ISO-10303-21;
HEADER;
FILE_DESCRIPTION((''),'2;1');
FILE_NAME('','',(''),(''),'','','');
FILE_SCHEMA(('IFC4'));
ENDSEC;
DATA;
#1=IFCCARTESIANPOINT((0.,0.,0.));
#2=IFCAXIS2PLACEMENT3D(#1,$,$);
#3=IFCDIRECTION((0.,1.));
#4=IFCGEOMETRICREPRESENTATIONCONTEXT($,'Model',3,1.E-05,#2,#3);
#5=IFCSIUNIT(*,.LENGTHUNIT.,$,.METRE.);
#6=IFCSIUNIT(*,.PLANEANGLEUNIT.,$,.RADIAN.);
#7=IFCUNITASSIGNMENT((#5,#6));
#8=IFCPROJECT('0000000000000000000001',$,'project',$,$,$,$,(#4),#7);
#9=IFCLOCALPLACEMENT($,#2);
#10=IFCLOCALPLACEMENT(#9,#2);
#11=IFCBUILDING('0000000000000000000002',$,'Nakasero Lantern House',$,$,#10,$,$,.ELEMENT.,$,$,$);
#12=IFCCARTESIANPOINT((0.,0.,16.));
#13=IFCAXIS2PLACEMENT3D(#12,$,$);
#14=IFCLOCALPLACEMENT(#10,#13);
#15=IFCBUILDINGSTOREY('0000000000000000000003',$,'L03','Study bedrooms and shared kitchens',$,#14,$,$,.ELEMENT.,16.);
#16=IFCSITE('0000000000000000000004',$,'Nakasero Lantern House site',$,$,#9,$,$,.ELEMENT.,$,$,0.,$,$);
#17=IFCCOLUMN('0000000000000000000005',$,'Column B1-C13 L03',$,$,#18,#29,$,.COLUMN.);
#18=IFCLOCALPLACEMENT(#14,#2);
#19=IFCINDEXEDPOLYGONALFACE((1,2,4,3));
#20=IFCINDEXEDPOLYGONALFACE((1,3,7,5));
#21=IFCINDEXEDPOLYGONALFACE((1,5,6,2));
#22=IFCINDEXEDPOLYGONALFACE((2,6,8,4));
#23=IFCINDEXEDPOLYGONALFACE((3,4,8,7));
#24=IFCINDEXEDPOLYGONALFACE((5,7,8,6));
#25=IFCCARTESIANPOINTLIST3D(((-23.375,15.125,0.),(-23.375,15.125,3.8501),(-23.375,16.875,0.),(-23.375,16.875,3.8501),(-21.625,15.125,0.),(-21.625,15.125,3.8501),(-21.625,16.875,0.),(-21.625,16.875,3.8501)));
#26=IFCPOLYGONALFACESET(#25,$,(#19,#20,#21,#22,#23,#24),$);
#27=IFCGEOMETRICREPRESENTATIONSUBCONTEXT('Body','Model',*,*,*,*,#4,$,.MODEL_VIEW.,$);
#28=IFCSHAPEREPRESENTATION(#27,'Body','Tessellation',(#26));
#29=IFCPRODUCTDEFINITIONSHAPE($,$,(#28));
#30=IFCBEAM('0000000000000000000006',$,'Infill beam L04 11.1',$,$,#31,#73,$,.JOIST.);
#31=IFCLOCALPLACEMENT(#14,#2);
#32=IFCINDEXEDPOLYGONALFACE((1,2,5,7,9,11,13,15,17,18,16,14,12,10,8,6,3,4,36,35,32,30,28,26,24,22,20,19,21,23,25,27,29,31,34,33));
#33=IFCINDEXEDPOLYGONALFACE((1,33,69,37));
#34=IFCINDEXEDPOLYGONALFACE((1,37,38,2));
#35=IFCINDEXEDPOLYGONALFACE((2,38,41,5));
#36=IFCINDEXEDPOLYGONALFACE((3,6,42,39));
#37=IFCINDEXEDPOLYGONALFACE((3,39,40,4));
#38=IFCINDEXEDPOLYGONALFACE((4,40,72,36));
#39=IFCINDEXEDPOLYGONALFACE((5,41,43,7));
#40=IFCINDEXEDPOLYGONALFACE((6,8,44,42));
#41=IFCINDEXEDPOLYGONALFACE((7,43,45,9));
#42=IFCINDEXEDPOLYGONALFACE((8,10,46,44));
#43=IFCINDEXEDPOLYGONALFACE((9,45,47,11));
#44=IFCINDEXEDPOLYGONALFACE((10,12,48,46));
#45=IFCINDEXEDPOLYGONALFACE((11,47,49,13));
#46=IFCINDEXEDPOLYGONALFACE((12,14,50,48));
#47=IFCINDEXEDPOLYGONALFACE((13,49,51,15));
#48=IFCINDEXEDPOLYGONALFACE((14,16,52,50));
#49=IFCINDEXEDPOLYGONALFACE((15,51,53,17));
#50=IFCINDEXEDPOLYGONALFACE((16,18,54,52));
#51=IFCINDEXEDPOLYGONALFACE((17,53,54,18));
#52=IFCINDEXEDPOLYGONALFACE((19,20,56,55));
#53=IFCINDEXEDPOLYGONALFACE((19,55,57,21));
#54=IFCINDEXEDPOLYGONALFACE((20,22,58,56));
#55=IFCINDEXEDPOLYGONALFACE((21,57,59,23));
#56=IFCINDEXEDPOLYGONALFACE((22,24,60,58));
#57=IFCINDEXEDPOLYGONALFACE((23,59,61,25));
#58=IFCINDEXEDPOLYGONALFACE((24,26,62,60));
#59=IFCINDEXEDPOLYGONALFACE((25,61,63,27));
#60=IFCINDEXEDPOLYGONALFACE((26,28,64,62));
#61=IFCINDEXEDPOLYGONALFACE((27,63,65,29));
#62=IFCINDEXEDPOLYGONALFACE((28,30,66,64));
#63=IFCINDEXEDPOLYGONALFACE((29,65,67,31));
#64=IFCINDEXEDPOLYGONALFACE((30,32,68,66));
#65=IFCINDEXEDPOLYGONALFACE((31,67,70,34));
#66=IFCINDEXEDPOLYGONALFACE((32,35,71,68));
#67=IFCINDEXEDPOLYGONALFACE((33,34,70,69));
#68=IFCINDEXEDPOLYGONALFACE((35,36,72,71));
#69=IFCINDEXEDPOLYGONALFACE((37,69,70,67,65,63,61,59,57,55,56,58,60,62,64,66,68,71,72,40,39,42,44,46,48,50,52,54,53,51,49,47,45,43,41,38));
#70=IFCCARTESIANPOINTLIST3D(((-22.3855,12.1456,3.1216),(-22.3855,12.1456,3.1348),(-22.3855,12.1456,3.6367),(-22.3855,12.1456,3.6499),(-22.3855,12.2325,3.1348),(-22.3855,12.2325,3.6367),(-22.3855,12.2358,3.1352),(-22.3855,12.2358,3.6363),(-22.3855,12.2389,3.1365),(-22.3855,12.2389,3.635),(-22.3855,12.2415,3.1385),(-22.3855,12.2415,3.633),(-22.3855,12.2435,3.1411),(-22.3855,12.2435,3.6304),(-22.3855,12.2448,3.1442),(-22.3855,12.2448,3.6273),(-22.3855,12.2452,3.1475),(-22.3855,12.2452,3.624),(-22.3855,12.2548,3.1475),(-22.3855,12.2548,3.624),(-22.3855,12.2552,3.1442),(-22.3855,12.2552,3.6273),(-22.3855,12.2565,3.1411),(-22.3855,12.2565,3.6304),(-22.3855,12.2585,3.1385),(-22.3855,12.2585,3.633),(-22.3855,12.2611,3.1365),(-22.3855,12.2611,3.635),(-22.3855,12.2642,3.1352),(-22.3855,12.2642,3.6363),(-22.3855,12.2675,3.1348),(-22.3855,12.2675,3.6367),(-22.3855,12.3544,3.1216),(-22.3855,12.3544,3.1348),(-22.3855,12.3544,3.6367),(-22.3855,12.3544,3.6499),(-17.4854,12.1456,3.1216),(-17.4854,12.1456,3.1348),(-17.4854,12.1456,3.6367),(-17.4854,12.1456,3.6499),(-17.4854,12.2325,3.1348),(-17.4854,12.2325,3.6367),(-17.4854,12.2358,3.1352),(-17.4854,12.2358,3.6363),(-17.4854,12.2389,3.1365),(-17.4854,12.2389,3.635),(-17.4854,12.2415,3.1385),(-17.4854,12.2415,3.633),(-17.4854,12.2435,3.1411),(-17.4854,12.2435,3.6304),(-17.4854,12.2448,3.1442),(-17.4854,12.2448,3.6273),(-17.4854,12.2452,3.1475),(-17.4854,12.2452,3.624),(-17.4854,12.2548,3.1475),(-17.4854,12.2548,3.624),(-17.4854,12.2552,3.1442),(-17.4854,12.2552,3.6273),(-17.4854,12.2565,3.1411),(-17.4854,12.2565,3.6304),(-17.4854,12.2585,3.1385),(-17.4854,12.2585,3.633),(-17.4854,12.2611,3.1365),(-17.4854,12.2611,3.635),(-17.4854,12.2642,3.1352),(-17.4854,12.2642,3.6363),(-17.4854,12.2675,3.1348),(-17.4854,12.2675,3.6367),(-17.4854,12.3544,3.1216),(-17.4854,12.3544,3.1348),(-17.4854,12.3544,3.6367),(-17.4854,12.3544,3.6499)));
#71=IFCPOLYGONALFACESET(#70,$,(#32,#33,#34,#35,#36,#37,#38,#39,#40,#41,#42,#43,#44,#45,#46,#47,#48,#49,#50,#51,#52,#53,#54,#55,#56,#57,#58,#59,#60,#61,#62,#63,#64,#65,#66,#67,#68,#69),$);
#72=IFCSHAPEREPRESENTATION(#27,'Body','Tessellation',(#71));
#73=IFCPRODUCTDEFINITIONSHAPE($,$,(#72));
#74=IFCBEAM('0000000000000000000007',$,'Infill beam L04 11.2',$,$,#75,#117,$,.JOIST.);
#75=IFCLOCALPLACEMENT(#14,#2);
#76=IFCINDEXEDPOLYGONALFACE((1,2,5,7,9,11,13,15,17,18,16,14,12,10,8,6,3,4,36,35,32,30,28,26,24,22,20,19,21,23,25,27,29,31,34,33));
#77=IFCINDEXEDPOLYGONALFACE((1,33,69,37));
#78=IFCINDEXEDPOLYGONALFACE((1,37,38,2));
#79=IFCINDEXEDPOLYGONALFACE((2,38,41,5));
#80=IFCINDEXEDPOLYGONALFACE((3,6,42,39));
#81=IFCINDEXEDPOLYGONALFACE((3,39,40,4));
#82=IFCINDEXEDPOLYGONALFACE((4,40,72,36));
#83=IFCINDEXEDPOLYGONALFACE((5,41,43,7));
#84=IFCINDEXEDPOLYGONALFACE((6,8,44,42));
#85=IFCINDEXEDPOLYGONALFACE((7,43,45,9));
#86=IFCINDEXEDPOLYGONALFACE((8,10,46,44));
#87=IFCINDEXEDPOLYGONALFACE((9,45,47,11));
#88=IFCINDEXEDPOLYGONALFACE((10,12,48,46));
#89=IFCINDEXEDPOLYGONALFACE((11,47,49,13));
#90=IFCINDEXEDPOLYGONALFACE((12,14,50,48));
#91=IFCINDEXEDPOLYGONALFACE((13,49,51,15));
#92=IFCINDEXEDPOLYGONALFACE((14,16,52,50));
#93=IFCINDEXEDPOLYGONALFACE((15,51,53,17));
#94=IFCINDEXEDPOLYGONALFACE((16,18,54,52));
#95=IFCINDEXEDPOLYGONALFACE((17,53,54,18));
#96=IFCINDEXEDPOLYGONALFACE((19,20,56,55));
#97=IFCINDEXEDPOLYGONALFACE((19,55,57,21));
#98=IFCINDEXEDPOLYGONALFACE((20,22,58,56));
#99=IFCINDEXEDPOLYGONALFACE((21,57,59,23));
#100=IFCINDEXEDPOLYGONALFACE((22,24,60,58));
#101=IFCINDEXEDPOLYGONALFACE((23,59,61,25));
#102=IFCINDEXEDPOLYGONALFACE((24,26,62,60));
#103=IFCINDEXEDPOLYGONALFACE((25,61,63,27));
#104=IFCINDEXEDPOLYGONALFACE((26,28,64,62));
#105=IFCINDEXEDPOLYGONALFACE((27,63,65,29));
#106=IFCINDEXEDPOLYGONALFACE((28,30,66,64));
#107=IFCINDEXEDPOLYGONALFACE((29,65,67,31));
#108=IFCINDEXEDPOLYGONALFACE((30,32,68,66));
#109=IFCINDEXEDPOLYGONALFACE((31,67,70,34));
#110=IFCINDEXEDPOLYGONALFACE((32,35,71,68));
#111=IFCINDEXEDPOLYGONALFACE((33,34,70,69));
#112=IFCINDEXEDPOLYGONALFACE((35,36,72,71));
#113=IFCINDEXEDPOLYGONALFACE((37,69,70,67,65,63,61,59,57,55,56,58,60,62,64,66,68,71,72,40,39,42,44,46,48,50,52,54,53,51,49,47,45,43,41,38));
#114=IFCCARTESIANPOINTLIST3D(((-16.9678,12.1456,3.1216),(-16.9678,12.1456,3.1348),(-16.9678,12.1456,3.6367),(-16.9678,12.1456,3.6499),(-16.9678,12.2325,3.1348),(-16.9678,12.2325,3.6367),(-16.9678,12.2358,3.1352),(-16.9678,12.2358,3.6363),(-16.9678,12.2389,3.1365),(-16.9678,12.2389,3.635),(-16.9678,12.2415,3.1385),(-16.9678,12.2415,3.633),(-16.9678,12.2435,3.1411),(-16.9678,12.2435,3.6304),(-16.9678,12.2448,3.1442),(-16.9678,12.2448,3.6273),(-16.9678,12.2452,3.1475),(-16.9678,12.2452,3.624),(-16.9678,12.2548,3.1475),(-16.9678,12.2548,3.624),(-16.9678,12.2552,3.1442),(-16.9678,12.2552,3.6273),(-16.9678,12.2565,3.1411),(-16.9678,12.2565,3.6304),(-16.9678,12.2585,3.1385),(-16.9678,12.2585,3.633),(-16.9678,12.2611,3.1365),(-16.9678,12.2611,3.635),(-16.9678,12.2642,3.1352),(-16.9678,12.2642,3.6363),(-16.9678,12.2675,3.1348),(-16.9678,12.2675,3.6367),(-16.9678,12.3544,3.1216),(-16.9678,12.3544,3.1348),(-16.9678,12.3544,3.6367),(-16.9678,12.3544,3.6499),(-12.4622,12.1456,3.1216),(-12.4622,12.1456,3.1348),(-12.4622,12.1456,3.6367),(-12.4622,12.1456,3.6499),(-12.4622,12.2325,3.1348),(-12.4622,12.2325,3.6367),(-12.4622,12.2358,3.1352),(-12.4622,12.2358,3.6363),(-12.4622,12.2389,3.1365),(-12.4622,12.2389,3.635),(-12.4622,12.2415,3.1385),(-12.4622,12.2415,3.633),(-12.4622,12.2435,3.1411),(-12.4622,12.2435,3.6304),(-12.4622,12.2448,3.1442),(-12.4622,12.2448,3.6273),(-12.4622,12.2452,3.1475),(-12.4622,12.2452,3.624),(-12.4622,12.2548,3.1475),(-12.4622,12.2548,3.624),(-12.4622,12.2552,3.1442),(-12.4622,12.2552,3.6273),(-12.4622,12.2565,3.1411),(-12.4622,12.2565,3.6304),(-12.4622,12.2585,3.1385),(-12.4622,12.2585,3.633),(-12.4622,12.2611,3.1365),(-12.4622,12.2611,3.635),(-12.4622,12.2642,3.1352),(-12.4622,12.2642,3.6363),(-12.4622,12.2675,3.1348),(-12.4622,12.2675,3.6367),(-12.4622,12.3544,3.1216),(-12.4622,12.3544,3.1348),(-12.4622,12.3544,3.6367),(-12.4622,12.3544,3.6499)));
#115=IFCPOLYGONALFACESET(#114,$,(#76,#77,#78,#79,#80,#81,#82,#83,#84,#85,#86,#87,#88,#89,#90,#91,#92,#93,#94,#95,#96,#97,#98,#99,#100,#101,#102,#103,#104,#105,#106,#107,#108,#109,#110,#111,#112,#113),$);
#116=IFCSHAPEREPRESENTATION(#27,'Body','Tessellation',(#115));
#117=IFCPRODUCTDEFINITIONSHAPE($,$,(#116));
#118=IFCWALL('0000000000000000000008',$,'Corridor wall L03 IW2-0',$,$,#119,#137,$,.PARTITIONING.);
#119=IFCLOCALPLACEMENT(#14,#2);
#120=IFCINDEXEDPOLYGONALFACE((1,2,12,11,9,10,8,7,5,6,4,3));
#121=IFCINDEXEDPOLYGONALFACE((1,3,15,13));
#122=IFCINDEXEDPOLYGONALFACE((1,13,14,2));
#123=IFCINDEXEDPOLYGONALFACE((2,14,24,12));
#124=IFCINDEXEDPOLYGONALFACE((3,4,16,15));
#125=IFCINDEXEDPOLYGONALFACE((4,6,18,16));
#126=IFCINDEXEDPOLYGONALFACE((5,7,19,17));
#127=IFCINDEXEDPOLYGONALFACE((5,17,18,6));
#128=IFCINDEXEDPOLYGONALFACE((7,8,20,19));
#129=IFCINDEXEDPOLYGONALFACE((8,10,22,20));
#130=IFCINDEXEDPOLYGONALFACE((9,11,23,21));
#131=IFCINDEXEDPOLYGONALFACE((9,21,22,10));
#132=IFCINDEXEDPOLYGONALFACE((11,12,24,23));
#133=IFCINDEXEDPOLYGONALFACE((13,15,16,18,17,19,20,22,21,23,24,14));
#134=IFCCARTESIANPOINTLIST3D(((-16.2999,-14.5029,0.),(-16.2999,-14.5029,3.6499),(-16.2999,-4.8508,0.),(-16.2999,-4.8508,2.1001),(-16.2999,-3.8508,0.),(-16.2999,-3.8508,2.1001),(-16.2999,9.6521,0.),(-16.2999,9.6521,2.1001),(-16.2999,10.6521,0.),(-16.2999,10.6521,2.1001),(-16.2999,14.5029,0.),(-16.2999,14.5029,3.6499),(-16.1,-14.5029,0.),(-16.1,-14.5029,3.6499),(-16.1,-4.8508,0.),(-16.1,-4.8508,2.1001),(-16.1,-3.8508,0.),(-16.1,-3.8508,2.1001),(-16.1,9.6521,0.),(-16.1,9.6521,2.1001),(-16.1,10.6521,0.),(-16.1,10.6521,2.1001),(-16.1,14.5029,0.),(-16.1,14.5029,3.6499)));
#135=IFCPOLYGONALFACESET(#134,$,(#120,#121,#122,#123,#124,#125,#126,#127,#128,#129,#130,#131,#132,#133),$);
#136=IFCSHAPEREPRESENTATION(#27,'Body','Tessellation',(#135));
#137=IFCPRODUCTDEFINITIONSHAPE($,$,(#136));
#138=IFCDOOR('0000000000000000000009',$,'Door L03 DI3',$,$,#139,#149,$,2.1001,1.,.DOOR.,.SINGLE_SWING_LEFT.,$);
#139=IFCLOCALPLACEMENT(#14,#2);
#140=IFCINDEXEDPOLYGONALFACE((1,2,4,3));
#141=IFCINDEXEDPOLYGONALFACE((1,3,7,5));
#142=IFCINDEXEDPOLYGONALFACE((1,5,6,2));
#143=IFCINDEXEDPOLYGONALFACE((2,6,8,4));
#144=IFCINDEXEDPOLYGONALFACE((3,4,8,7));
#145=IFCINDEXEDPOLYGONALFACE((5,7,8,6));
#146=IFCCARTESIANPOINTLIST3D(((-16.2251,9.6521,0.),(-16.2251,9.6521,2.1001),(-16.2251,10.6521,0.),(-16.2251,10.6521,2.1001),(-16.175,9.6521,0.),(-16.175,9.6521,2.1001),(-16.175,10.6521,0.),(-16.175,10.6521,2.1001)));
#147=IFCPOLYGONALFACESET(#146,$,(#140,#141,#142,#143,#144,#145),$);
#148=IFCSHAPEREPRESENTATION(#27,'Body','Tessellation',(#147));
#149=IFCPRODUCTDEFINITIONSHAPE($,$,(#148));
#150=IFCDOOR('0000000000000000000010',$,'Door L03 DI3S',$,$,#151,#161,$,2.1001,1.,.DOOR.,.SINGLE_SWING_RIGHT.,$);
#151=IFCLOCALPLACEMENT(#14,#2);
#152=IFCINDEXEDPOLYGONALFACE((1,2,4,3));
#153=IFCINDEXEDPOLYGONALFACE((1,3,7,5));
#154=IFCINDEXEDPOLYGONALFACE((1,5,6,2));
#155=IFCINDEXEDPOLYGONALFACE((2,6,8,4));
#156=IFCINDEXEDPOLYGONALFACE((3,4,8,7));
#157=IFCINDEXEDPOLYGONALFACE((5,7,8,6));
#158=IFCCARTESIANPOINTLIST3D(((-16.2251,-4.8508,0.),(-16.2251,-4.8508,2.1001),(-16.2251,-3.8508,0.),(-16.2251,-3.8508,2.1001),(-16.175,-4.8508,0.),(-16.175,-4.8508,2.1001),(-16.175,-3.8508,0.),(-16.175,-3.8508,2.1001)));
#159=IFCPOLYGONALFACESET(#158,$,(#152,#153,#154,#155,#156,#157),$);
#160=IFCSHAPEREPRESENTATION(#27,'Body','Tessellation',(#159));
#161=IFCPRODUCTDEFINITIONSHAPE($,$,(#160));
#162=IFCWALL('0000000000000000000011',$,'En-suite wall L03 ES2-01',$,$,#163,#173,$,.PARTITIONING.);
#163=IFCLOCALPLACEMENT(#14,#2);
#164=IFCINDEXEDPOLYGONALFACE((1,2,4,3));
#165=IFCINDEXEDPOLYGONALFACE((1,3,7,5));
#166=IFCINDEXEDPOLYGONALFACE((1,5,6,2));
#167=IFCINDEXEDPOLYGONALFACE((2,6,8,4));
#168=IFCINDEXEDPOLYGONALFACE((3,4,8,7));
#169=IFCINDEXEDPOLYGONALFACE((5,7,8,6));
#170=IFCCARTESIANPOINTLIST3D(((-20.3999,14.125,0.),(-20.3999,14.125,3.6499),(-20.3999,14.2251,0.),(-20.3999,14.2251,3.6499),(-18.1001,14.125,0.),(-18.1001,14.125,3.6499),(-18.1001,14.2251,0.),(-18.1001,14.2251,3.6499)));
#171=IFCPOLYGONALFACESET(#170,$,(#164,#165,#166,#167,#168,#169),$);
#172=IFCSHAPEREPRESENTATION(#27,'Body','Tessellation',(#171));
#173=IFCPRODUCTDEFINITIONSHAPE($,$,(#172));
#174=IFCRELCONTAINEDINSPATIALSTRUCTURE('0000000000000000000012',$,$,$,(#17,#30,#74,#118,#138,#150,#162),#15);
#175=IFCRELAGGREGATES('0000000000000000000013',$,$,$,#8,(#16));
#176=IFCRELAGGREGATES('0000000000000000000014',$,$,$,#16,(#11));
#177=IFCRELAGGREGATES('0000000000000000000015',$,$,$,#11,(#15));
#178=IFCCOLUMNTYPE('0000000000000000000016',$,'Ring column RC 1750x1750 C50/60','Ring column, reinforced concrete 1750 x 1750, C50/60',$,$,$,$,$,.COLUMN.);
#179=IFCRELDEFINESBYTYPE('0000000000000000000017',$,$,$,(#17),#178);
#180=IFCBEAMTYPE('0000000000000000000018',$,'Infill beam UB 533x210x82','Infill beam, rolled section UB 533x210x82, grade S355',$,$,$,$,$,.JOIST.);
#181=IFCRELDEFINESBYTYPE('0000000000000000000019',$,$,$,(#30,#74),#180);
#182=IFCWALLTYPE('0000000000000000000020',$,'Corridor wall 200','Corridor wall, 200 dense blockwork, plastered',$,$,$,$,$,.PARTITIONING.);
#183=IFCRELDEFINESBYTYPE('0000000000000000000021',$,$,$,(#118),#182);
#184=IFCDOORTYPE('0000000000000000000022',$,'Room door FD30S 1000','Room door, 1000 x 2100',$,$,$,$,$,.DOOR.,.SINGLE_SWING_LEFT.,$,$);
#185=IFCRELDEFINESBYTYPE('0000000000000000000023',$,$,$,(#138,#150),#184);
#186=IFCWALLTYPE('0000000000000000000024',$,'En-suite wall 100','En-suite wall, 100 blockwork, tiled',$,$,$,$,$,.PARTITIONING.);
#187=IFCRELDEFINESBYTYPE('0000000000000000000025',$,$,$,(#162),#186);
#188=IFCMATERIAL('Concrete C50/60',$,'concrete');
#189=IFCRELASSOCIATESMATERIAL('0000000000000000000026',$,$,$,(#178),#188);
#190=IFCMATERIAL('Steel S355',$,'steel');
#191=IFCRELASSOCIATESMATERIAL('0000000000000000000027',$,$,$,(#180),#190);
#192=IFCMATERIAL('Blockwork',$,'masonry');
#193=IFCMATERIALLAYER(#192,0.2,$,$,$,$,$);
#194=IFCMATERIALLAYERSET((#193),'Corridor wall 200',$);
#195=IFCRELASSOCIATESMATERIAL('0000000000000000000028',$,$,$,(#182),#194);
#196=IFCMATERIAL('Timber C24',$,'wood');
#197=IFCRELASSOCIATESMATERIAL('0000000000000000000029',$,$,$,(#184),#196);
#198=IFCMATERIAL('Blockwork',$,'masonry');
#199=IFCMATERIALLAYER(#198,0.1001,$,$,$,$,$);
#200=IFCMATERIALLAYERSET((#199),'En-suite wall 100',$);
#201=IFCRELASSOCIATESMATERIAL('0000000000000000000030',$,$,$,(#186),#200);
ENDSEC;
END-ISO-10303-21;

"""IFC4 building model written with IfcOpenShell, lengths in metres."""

from ifc_helpers import new_model, si_unit, direction, frame, frame_2d, origin, origin_2d, place, context, subcontext, project, spatial, rectangle, i_section, extrude, material, layer, layer_set, material_profile, profile_set, type_object, element, fill, save


model = new_model("IFC4")

# Units and contexts
model_context = context("Model", 3, precision=1e-05, world=origin(), true_north=direction((0.0, 1.0)))
body_context = subcontext(model_context, "Body", "Model", "MODEL_VIEW")
ifc_project = project(units=[si_unit("LENGTHUNIT", "METRE"), si_unit("PLANEANGLEUNIT", "RADIAN")], contexts=[model_context])

# Site, building, storey
site_placement = place(None, origin())
site = spatial("IfcSite", under=ifc_project, at=site_placement, Name="Nakasero Lantern House site", CompositionType="ELEMENT", RefElevation=0.0)
building_placement = place(site_placement, origin())
building = spatial("IfcBuilding", under=site, at=building_placement, Name="Nakasero Lantern House", CompositionType="ELEMENT")
storey_placement = place(building_placement, frame((0.0, 0.0, 16.0)))
storey = spatial("IfcBuildingStorey", under=building, at=storey_placement, Name="L03", Description="Study bedrooms and shared kitchens", CompositionType="ELEMENT", Elevation=16.0)

# Column
ifc_material_1 = material(Name="Concrete C50/60", Category="concrete")
ifc_material_profile_1 = material_profile(ifc_material_1, rectangle(XDim=1.75, YDim=1.75, at=origin_2d()), Name="RC 1750x1750")
ifc_profile_set_1 = profile_set([ifc_material_profile_1], Name="Concrete C50/60")
column_type = type_object("IfcColumnType", Name="Ring column RC 1750x1750 C50/60", Description="Ring column, reinforced concrete 1750 x 1750, C50/60", PredefinedType="COLUMN", material=ifc_profile_set_1)
column_placement = place(storey_placement, frame((-22.5, 16.0, 0.0), z_axis=(0.0, 0.0, 1.0), x_axis=(1.0, 0.0, 0.0)))
element("IfcColumn", 1, at=column_placement, inside=storey, type_object=column_type, Name="Column B1-C13 L03", PredefinedType="COLUMN", context=body_context, shape_type="SweptSolid", body=[
    extrude(rectangle(XDim=1.75, YDim=1.75, at=origin_2d()), origin(), (0.0, 0.0, 1.0), 3.8501),
])

# Beams
ifc_material_2 = material(Name="Steel S355", Category="steel")
ifc_material_profile_2 = material_profile(ifc_material_2, i_section(OverallWidth=0.2087, OverallDepth=0.5283, WebThickness=0.0095, FlangeThickness=0.0132, FilletRadius=0.0127, at=origin_2d()), Name="UB 533x210x82")
ifc_profile_set_2 = profile_set([ifc_material_profile_2], Name="Steel S355")
beam_type = type_object("IfcBeamType", Name="Infill beam UB 533x210x82", Description="Infill beam, rolled section UB 533x210x82, grade S355", PredefinedType="JOIST", material=ifc_profile_set_2)
beam_1_placement = place(storey_placement, frame((-22.3855, 12.25, 3.3857), z_axis=(1.0, 0.0, 0.0), x_axis=(0.0, 1.0, 0.0)))
element("IfcBeam", 2, at=beam_1_placement, inside=storey, type_object=beam_type, Name="Infill beam L04 11.1", PredefinedType="JOIST", context=body_context, shape_type="SweptSolid", body=[
    extrude(i_section(OverallWidth=0.2087, OverallDepth=0.5283, WebThickness=0.0095, FlangeThickness=0.0132, FilletRadius=0.0127, at=origin_2d()), origin(), (0.0, 0.0, 1.0), 4.9001),
])
beam_2_placement = place(storey_placement, frame((-16.9678, 12.25, 3.3857), z_axis=(1.0, 0.0, 0.0), x_axis=(0.0, 1.0, 0.0)))
element("IfcBeam", 3, at=beam_2_placement, inside=storey, type_object=beam_type, Name="Infill beam L04 11.2", PredefinedType="JOIST", context=body_context, shape_type="SweptSolid", body=[
    extrude(i_section(OverallWidth=0.2087, OverallDepth=0.5283, WebThickness=0.0095, FlangeThickness=0.0132, FilletRadius=0.0127, at=origin_2d()), origin(), (0.0, 0.0, 1.0), 4.5056),
])

# Wall, openings, doors
ifc_material_3 = material(Name="Blockwork", Category="masonry")
ifc_layer_1 = layer(ifc_material_3, 0.2)
ifc_layer_set_1 = layer_set([ifc_layer_1], Name="Corridor wall 200")
wall_type_1 = type_object("IfcWallType", Name="Corridor wall 200", Description="Corridor wall, 200 dense blockwork, plastered", PredefinedType="PARTITIONING", material=ifc_layer_set_1)
wall_1_placement = place(storey_placement, frame((-16.2, 14.5029, 0.0), z_axis=(0.0, 0.0, 1.0), x_axis=(0.0, -1.0, 0.0)))
wall_1 = element("IfcWall", 4, at=wall_1_placement, inside=storey, type_object=wall_type_1, Name="Corridor wall L03 IW2-0", PredefinedType="PARTITIONING", context=body_context, shape_type="SweptSolid", body=[
    extrude(rectangle(XDim=29.0059, YDim=0.2, at=frame_2d((14.5029, 0.0))), origin(), (0.0, 0.0, 1.0), 3.6499),
])
opening_1_placement = place(wall_1_placement, frame((3.8508, 0.0, 0.0)))
opening_1 = element("IfcOpeningElement", 5, at=opening_1_placement, cuts=wall_1, PredefinedType="OPENING", context=body_context, shape_type="SweptSolid", body=[
    extrude(rectangle(XDim=1.0, YDim=2.1001, at=frame_2d((0.5, 1.05))), frame((0.0, 0.1199, 0.0), z_axis=(0.0, -1.0, 0.0), x_axis=(1.0, 0.0, 0.0)), (0.0, 0.0, 1.0), 0.24),
])
opening_2_placement = place(wall_1_placement, frame((18.3538, 0.0, 0.0)))
opening_2 = element("IfcOpeningElement", 6, at=opening_2_placement, cuts=wall_1, PredefinedType="OPENING", context=body_context, shape_type="SweptSolid", body=[
    extrude(rectangle(XDim=1.0, YDim=2.1001, at=frame_2d((0.5, 1.05))), frame((0.0, 0.1199, 0.0), z_axis=(0.0, -1.0, 0.0), x_axis=(1.0, 0.0, 0.0)), (0.0, 0.0, 1.0), 0.24),
])
ifc_material_4 = material(Name="Timber C24", Category="wood")
door_type = type_object("IfcDoorType", Name="Room door FD30S 1000", Description="Room door, 1000 x 2100", OperationType="SINGLE_SWING_LEFT", PredefinedType="DOOR", material=ifc_material_4)
door_1_placement = place(opening_1_placement, origin())
door_1 = element("IfcDoor", 7, at=door_1_placement, inside=storey, type_object=door_type, Name="Door L03 DI3", OperationType="SINGLE_SWING_LEFT", OverallHeight=2.1001, OverallWidth=1.0, PredefinedType="DOOR", context=body_context, shape_type="SweptSolid", body=[
    extrude(rectangle(XDim=1.0, YDim=2.1001, at=frame_2d((0.5, 1.05))), frame((0.0, 0.0249, 0.0), z_axis=(0.0, -1.0, 0.0), x_axis=(1.0, 0.0, 0.0)), (0.0, 0.0, 1.0), 0.05),
])
fill(opening_1, door_1)
door_2_placement = place(opening_2_placement, origin())
door_2 = element("IfcDoor", 8, at=door_2_placement, inside=storey, type_object=door_type, Name="Door L03 DI3S", OperationType="SINGLE_SWING_RIGHT", OverallHeight=2.1001, OverallWidth=1.0, PredefinedType="DOOR", context=body_context, shape_type="SweptSolid", body=[
    extrude(rectangle(XDim=1.0, YDim=2.1001, at=frame_2d((0.5, 1.05))), frame((0.0, 0.0249, 0.0), z_axis=(0.0, -1.0, 0.0), x_axis=(1.0, 0.0, 0.0)), (0.0, 0.0, 1.0), 0.05),
])
fill(opening_2, door_2)

# Wall
ifc_material_5 = material(Name="Blockwork", Category="masonry")
ifc_layer_2 = layer(ifc_material_5, 0.1001)
ifc_layer_set_2 = layer_set([ifc_layer_2], Name="En-suite wall 100")
wall_type_2 = type_object("IfcWallType", Name="En-suite wall 100", Description="En-suite wall, 100 blockwork, tiled", PredefinedType="PARTITIONING", material=ifc_layer_set_2)
wall_2_placement = place(storey_placement, frame((-18.1001, 14.175, 0.0), z_axis=(0.0, 0.0, 1.0), x_axis=(-1.0, 0.0, 0.0)))
element("IfcWall", 9, at=wall_2_placement, inside=storey, type_object=wall_type_2, Name="En-suite wall L03 ES2-01", PredefinedType="PARTITIONING", context=body_context, shape_type="SweptSolid", body=[
    extrude(rectangle(XDim=2.2998, YDim=0.1001, at=frame_2d((1.1499, 0.0))), origin(), (0.0, 0.0, 1.0), 3.6499),
])

save(model, "model.ifc")
